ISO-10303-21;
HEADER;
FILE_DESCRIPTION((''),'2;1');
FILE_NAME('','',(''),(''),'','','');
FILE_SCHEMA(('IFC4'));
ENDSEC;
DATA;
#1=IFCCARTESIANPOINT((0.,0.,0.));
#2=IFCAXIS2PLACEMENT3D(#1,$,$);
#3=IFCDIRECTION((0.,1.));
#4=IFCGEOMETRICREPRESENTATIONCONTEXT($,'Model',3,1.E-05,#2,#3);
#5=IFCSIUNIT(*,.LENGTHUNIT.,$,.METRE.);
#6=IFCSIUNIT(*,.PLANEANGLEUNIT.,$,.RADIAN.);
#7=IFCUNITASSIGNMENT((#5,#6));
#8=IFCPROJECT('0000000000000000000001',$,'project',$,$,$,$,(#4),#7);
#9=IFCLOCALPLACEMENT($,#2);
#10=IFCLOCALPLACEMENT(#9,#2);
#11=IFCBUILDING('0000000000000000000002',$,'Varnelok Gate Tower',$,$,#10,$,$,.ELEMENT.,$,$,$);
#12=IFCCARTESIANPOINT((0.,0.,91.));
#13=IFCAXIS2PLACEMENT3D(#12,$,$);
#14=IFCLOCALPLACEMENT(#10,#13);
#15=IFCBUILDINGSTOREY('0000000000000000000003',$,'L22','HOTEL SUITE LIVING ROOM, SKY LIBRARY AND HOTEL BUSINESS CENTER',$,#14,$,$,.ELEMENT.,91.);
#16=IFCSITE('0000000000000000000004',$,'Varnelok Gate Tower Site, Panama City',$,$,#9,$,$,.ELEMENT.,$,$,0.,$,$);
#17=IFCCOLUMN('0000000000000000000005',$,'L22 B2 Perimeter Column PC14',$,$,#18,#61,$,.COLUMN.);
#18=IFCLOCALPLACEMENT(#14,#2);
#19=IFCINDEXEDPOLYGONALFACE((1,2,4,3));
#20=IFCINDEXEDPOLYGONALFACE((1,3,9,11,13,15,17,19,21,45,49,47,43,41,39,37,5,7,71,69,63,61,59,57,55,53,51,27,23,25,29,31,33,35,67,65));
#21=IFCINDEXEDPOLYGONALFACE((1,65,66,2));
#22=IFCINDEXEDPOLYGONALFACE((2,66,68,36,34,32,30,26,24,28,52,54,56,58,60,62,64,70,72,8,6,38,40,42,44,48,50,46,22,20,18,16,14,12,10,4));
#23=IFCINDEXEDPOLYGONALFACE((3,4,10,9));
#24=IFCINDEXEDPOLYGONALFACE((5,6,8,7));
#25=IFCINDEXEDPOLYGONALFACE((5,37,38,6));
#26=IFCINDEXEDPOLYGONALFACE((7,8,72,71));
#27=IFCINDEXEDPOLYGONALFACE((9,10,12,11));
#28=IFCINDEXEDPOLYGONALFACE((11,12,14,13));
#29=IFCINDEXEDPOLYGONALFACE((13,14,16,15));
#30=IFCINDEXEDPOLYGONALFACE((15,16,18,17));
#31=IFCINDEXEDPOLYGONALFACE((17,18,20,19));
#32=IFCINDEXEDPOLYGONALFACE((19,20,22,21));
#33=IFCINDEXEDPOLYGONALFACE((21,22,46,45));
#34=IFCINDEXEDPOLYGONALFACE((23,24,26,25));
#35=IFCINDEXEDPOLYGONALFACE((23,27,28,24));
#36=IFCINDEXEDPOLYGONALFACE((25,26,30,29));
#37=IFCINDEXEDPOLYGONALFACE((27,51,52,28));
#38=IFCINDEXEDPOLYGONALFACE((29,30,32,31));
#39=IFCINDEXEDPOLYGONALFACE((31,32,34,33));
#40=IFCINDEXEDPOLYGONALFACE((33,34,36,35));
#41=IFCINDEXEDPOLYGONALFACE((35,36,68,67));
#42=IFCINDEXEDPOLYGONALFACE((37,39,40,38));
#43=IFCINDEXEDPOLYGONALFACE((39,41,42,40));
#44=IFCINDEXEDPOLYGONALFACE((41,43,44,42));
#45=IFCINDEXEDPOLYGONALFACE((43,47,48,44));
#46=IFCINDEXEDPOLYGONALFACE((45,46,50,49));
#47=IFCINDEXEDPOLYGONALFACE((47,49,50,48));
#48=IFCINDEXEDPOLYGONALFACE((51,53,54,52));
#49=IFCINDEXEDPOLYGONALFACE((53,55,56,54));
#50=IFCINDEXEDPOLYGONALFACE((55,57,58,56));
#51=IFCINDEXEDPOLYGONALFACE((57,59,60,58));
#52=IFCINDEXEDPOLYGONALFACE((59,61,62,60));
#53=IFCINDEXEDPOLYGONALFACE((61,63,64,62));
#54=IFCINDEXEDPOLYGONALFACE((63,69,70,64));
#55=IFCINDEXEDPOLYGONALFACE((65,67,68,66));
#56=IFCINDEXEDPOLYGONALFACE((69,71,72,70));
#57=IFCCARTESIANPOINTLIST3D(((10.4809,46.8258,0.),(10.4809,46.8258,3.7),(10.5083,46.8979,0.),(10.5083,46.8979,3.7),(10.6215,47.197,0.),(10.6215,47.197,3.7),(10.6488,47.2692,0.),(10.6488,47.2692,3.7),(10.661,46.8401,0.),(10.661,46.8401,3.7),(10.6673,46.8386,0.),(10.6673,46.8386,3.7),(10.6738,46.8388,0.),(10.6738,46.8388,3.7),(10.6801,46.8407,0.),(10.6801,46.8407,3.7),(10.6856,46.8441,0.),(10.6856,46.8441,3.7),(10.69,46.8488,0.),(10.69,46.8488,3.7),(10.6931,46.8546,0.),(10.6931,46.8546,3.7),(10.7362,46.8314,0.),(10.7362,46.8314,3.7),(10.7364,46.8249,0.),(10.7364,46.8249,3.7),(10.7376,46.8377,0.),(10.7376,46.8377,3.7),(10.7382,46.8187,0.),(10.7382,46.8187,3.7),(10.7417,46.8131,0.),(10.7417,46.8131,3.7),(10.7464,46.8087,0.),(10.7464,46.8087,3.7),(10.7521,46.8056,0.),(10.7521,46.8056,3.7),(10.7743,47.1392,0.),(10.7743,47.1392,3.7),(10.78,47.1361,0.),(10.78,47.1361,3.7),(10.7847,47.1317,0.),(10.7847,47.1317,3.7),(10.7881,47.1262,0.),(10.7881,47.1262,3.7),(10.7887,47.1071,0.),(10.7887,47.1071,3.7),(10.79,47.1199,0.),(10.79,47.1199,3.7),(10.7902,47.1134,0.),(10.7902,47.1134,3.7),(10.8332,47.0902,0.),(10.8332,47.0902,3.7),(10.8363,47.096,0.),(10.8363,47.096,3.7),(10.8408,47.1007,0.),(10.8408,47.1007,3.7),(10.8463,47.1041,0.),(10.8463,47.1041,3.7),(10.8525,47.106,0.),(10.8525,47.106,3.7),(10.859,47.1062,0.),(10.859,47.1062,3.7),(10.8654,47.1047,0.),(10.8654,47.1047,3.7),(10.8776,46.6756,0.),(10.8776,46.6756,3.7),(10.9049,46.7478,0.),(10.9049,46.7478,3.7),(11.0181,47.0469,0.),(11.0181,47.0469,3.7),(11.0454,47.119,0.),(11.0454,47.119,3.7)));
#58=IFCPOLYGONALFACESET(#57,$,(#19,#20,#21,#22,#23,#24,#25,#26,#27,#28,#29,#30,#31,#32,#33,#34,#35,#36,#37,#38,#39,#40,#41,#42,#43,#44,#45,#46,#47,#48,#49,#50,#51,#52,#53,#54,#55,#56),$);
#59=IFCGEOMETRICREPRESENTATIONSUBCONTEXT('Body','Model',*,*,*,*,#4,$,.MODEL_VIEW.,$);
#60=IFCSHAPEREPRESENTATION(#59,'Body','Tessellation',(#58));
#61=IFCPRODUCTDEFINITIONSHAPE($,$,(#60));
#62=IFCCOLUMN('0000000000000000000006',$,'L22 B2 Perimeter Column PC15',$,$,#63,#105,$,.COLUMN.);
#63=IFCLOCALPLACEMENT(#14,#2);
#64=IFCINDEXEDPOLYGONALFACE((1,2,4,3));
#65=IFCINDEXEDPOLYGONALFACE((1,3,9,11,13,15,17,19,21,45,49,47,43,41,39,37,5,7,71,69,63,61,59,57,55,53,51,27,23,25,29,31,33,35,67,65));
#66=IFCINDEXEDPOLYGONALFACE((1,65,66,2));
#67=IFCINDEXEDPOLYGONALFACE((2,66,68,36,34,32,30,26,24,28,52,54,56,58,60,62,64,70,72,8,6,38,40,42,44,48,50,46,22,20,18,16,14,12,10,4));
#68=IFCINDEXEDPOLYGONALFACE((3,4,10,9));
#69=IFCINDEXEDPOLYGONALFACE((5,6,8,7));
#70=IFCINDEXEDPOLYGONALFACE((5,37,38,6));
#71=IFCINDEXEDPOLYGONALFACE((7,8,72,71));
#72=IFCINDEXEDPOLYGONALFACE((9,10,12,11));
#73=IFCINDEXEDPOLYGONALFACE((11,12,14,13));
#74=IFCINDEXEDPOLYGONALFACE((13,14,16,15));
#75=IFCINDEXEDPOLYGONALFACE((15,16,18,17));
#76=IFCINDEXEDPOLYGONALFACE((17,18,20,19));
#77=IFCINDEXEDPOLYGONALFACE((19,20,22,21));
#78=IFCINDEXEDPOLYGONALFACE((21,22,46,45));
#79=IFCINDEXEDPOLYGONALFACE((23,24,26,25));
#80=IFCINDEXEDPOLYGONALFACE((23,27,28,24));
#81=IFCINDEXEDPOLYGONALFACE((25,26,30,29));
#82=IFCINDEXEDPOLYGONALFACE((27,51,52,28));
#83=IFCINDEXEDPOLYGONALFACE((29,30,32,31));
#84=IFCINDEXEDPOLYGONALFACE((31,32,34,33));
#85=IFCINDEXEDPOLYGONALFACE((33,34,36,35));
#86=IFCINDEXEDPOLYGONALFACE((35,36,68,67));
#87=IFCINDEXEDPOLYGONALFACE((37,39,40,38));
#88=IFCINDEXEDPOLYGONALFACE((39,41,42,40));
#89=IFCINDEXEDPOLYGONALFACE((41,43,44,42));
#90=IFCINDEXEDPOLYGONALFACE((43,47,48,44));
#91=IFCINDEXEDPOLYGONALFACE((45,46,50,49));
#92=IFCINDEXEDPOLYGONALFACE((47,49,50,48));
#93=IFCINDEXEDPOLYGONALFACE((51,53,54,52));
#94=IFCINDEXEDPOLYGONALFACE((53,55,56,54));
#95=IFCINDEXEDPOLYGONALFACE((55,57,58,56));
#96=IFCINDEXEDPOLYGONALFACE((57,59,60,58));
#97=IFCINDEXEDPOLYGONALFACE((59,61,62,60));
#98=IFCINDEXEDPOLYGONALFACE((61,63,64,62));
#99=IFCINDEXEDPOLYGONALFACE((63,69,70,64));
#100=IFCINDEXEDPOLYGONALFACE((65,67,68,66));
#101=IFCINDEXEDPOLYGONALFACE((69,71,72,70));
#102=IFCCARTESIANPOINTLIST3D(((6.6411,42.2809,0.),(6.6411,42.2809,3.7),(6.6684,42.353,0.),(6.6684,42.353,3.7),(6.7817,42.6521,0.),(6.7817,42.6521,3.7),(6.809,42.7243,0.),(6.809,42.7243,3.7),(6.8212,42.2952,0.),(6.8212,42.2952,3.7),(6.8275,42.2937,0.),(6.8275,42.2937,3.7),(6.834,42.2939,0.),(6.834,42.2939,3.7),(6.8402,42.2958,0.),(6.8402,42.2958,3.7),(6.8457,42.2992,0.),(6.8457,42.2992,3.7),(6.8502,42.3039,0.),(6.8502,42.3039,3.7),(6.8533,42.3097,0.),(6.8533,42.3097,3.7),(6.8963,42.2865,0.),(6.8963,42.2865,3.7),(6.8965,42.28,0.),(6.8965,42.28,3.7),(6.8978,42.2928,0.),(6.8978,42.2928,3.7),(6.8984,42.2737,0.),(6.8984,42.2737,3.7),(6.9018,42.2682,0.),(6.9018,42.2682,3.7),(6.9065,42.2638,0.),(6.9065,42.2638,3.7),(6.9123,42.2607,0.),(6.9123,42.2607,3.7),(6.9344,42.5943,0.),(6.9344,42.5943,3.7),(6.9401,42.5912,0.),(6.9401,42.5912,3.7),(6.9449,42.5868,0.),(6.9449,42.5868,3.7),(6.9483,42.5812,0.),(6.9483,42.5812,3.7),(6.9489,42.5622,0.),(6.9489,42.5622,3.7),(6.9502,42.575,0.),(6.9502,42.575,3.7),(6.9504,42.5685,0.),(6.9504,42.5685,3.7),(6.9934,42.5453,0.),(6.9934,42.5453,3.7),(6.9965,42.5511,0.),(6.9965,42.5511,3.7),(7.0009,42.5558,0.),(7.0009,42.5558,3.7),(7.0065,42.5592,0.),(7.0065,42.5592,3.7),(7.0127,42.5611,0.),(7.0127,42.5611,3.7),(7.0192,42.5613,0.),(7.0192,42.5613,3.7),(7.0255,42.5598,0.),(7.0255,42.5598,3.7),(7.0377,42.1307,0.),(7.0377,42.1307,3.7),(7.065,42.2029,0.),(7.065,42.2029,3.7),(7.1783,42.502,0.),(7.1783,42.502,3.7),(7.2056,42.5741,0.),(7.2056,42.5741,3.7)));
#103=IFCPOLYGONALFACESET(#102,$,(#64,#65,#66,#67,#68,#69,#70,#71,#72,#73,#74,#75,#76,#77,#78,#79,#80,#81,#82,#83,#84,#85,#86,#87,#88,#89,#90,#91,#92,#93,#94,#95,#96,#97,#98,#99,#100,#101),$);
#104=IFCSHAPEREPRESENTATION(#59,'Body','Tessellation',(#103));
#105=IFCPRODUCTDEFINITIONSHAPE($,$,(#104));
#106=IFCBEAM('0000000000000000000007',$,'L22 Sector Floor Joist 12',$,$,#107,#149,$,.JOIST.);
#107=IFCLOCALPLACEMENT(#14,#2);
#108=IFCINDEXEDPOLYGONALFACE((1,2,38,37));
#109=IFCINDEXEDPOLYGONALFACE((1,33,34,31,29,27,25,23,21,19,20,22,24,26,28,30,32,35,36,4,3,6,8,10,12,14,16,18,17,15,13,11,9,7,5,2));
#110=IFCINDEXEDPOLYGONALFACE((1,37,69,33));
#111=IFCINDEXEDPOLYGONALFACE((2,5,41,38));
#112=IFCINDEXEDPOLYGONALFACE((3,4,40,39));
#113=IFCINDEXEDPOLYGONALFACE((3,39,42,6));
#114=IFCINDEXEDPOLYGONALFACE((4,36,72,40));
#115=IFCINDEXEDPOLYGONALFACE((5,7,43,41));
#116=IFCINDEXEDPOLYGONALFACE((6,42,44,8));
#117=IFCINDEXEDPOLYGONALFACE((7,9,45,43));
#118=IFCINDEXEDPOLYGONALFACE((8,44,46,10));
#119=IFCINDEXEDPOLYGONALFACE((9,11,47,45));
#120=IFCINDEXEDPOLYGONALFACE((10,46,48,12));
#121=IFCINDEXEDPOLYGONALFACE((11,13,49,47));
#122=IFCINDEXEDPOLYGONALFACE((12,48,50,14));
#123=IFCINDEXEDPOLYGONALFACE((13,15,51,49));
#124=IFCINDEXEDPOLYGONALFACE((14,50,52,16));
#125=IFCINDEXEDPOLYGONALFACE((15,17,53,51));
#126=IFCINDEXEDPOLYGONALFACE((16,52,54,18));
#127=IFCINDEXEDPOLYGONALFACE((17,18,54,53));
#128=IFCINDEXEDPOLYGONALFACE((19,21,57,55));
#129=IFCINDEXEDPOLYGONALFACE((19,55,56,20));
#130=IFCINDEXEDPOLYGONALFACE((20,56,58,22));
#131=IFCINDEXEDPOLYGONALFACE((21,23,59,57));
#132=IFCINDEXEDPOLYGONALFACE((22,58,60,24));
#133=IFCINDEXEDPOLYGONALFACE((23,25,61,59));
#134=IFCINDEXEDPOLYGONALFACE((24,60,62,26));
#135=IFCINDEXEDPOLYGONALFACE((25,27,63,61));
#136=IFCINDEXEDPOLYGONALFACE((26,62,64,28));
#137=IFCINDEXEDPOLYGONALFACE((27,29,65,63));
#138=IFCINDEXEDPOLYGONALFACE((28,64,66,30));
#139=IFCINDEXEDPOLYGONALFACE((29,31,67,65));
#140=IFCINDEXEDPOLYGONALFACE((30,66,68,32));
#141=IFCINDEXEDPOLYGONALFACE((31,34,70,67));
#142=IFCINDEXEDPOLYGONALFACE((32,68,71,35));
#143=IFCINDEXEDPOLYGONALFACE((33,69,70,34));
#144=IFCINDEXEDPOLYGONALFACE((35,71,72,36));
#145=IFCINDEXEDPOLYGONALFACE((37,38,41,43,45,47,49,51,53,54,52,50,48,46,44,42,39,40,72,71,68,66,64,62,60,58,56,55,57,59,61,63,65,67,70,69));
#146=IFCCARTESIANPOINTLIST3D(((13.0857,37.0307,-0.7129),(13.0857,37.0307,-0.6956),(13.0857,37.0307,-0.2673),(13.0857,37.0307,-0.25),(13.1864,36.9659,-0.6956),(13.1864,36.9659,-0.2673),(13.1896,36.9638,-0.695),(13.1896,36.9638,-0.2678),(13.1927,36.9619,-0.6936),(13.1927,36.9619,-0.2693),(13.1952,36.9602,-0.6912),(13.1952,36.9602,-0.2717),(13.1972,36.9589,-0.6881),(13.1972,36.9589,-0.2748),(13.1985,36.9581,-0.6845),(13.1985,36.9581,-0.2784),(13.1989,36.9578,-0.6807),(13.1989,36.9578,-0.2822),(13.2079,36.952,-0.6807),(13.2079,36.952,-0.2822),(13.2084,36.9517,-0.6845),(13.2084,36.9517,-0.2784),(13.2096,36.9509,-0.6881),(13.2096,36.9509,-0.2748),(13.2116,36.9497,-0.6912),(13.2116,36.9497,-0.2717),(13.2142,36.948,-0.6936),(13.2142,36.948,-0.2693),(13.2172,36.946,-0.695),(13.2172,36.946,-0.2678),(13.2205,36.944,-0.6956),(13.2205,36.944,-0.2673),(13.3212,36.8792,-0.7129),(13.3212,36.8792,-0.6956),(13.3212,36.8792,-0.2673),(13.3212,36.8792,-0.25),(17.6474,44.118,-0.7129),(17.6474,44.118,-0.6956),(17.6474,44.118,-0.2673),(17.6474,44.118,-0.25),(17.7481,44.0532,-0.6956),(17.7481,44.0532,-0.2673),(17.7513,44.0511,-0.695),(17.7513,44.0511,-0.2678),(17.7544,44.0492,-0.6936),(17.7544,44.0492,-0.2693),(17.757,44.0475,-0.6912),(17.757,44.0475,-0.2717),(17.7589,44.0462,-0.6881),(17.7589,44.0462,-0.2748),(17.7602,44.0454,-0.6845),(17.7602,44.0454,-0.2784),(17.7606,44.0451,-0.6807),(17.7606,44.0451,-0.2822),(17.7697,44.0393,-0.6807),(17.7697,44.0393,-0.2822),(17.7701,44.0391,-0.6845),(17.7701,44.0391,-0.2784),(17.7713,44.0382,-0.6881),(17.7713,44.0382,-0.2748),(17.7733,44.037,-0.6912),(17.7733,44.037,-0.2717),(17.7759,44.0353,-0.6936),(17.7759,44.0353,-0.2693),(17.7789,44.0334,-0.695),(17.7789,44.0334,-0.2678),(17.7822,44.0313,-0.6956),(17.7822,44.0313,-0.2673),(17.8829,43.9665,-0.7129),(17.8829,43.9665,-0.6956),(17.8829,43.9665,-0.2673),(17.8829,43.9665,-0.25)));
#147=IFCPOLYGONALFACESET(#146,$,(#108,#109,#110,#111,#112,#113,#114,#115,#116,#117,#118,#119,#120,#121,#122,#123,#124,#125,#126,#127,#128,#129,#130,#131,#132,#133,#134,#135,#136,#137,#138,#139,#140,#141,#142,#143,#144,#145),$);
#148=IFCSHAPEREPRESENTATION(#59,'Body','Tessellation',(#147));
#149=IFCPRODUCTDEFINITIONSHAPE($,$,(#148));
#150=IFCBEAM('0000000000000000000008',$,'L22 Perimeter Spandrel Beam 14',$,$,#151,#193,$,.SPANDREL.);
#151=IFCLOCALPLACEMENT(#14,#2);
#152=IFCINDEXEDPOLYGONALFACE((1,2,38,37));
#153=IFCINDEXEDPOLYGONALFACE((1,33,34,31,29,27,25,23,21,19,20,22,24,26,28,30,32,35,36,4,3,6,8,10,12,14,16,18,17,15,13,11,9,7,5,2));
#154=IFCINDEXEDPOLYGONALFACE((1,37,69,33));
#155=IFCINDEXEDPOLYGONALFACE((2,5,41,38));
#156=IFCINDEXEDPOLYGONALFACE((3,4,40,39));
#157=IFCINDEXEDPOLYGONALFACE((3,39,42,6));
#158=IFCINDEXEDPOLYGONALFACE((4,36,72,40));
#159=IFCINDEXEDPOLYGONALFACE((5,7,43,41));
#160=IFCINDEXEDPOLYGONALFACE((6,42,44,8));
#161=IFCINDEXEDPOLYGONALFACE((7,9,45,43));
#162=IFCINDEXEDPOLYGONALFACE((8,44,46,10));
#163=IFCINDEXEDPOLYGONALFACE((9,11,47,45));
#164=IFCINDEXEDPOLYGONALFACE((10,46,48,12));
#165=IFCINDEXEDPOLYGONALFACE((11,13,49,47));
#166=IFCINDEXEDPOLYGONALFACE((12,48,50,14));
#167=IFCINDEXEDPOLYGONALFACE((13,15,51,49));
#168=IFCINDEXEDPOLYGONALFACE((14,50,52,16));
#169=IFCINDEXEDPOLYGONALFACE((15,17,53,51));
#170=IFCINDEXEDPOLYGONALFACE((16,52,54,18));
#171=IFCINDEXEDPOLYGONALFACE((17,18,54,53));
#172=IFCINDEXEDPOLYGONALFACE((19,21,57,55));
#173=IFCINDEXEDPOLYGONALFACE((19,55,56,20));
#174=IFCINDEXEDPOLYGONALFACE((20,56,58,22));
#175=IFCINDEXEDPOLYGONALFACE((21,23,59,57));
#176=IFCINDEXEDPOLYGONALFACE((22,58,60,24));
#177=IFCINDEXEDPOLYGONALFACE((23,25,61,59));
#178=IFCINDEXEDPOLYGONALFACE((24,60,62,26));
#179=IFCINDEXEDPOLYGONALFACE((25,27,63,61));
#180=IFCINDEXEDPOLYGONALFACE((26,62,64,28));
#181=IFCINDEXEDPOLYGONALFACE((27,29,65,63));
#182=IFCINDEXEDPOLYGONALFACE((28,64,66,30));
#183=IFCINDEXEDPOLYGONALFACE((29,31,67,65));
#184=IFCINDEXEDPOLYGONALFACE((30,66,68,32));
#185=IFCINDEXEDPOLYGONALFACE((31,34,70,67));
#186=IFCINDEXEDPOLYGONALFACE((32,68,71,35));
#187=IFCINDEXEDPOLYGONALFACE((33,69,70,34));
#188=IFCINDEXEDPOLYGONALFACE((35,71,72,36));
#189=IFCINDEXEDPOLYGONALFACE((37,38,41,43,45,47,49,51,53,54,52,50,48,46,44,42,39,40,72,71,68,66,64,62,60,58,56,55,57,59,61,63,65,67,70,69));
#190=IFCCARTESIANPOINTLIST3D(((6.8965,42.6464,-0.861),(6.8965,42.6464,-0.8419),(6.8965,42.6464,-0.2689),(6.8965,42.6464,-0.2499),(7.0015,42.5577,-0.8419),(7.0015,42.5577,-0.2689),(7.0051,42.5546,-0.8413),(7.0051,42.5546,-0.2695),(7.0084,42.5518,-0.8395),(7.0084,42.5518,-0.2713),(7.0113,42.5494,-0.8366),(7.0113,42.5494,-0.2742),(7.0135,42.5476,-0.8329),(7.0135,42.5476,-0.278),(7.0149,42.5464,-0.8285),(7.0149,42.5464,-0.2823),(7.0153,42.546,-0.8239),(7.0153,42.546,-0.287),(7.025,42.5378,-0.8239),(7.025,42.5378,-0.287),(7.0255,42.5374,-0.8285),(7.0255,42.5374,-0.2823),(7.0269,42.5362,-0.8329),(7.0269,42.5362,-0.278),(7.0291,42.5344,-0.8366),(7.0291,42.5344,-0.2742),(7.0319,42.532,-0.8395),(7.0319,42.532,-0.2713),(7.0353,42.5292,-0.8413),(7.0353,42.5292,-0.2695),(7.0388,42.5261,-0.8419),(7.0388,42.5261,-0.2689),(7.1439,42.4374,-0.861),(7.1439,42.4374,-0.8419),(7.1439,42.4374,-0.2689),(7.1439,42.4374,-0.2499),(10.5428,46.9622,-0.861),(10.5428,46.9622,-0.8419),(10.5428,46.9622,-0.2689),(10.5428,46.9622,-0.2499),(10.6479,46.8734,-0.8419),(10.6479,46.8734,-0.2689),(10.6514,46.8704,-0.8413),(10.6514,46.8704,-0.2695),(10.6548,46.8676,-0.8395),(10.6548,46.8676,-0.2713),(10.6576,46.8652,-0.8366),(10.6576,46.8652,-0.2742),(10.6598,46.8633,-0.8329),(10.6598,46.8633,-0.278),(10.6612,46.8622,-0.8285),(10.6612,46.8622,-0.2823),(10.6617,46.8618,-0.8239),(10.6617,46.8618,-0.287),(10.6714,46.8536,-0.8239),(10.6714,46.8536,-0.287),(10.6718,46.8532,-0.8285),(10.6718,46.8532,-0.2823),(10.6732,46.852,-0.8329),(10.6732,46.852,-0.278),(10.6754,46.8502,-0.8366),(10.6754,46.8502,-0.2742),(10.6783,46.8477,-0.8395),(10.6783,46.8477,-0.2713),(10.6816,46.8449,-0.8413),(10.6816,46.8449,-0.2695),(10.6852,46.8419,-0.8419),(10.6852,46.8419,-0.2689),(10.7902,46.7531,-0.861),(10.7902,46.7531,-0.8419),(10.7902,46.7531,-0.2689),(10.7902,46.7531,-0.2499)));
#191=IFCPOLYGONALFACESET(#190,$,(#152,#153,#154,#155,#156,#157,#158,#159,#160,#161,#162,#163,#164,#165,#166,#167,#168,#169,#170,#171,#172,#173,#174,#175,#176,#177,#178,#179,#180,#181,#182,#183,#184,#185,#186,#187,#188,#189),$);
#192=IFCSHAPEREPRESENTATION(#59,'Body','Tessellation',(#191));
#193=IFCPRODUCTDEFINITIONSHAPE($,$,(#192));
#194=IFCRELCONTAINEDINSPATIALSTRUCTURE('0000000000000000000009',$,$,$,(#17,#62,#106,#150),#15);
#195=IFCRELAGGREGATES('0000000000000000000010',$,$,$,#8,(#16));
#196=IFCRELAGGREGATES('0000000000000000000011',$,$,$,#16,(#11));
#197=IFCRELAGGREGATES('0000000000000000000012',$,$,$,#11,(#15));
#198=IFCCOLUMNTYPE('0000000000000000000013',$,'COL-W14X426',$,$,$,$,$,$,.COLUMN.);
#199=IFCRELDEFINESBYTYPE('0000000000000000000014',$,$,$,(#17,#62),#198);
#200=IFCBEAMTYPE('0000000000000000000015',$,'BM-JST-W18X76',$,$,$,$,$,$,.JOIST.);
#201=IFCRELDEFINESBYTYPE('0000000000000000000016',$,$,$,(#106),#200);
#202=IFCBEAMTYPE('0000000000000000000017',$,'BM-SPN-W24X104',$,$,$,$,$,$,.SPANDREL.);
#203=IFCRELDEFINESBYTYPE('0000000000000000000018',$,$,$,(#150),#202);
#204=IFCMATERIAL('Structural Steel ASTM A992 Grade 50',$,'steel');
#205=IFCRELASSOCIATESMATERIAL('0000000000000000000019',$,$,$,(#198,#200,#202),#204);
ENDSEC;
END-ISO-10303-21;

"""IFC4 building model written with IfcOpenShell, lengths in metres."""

from ifc_helpers import new_model, si_unit, direction, frame, origin, origin_2d, place, context, subcontext, project, spatial, i_section, extrude, material, material_profile, profile_set, type_object, element, save


model = new_model("IFC4")

# Units and contexts
model_context = context("Model", 3, precision=1e-05, world=origin(), true_north=direction((0.0, 1.0)))
body_context = subcontext(model_context, "Body", "Model", "MODEL_VIEW")
ifc_project = project(units=[si_unit("LENGTHUNIT", "METRE"), si_unit("PLANEANGLEUNIT", "RADIAN")], contexts=[model_context])

# Site, building, storey
site_placement = place(None, origin())
site = spatial("IfcSite", under=ifc_project, at=site_placement, Name="Varnelok Gate Tower Site, Panama City", CompositionType="ELEMENT", RefElevation=0.0)
building_placement = place(site_placement, origin())
building = spatial("IfcBuilding", under=site, at=building_placement, Name="Varnelok Gate Tower", CompositionType="ELEMENT")
storey_placement = place(building_placement, frame((0.0, 0.0, 91.0)))
storey = spatial("IfcBuildingStorey", under=building, at=storey_placement, Name="L22", Description="HOTEL SUITE LIVING ROOM, SKY LIBRARY AND HOTEL BUSINESS CENTER", CompositionType="ELEMENT", Elevation=91.0)

# Columns
ifc_material_1 = material(Name="Structural Steel ASTM A992 Grade 50", Category="steel")
ifc_material_profile_1 = material_profile(ifc_material_1, i_section(OverallWidth=0.4241, OverallDepth=0.4741, WebThickness=0.0476, FlangeThickness=0.0771, FilletRadius=0.0249, at=origin_2d()), Name="W14X426")
ifc_profile_set_1 = profile_set([ifc_material_profile_1], Name="Structural Steel ASTM A992 Grade 50")
column_type = type_object("IfcColumnType", Name="COL-W14X426", PredefinedType="COLUMN", material=ifc_profile_set_1)
for number, where, z_axis, x_axis, name in (
    (1, (10.7632, 46.9724, 0.0), (0.0, 0.0, 1.0), (0.935222, -0.354063, 0.0), "L22 B2 Perimeter Column PC14"),
    (2, (6.9233, 42.4275, 0.0), (0.0, 0.0, 1.0), (0.935222, -0.354063, 0.0), "L22 B2 Perimeter Column PC15"),
):
    element("IfcColumn", number, at=place(storey_placement, frame(where, z_axis=z_axis, x_axis=x_axis)), inside=storey, type_object=column_type, Name=name, PredefinedType="COLUMN", context=body_context, shape_type="SweptSolid", body=[
        extrude(i_section(OverallWidth=0.4241, OverallDepth=0.4741, WebThickness=0.0476, FlangeThickness=0.0771, FilletRadius=0.0249, at=origin_2d()), origin(), (0.0, 0.0, 1.0), 3.7),
    ])

# Beams
ifc_material_profile_2 = material_profile(ifc_material_1, i_section(OverallWidth=0.28, OverallDepth=0.4629, WebThickness=0.0107, FlangeThickness=0.0173, FilletRadius=0.0149, at=origin_2d()), Name="W18X76")
ifc_profile_set_2 = profile_set([ifc_material_profile_2], Name="Structural Steel ASTM A992 Grade 50")
beam_type_1 = type_object("IfcBeamType", Name="BM-JST-W18X76", PredefinedType="JOIST", material=ifc_profile_set_2)
beam_1_placement = place(storey_placement, frame((17.7651, 44.0422, -0.4814), z_axis=(-0.541226, -0.840877, 0.0), x_axis=(0.840877, -0.541226, 0.0)))
element("IfcBeam", 3, at=beam_1_placement, inside=storey, type_object=beam_type_1, Name="L22 Sector Floor Joist 12", PredefinedType="JOIST", context=body_context, shape_type="SweptSolid", body=[
    extrude(i_section(OverallWidth=0.28, OverallDepth=0.4629, WebThickness=0.0107, FlangeThickness=0.0173, FilletRadius=0.0149, at=origin_2d()), origin(), (0.0, 0.0, 1.0), 8.4285),
])
ifc_material_profile_3 = material_profile(ifc_material_1, i_section(OverallWidth=0.324, OverallDepth=0.6111, WebThickness=0.0127, FlangeThickness=0.019, FilletRadius=0.0181, at=origin_2d()), Name="W24X104")
ifc_profile_set_3 = profile_set([ifc_material_profile_3], Name="Structural Steel ASTM A992 Grade 50")
beam_type_2 = type_object("IfcBeamType", Name="BM-SPN-W24X104", PredefinedType="SPANDREL", material=ifc_profile_set_3)
beam_2_placement = place(storey_placement, frame((10.6665, 46.8577, -0.5554), z_axis=(-0.645376, -0.763865, 0.0), x_axis=(0.763865, -0.645376, 0.0)))
element("IfcBeam", 4, at=beam_2_placement, inside=storey, type_object=beam_type_2, Name="L22 Perimeter Spandrel Beam 14", PredefinedType="SPANDREL", context=body_context, shape_type="SweptSolid", body=[
    extrude(i_section(OverallWidth=0.324, OverallDepth=0.6111, WebThickness=0.0127, FlangeThickness=0.019, FilletRadius=0.0181, at=origin_2d()), origin(), (0.0, 0.0, 1.0), 5.6499),
])

save(model, "model.ifc")
